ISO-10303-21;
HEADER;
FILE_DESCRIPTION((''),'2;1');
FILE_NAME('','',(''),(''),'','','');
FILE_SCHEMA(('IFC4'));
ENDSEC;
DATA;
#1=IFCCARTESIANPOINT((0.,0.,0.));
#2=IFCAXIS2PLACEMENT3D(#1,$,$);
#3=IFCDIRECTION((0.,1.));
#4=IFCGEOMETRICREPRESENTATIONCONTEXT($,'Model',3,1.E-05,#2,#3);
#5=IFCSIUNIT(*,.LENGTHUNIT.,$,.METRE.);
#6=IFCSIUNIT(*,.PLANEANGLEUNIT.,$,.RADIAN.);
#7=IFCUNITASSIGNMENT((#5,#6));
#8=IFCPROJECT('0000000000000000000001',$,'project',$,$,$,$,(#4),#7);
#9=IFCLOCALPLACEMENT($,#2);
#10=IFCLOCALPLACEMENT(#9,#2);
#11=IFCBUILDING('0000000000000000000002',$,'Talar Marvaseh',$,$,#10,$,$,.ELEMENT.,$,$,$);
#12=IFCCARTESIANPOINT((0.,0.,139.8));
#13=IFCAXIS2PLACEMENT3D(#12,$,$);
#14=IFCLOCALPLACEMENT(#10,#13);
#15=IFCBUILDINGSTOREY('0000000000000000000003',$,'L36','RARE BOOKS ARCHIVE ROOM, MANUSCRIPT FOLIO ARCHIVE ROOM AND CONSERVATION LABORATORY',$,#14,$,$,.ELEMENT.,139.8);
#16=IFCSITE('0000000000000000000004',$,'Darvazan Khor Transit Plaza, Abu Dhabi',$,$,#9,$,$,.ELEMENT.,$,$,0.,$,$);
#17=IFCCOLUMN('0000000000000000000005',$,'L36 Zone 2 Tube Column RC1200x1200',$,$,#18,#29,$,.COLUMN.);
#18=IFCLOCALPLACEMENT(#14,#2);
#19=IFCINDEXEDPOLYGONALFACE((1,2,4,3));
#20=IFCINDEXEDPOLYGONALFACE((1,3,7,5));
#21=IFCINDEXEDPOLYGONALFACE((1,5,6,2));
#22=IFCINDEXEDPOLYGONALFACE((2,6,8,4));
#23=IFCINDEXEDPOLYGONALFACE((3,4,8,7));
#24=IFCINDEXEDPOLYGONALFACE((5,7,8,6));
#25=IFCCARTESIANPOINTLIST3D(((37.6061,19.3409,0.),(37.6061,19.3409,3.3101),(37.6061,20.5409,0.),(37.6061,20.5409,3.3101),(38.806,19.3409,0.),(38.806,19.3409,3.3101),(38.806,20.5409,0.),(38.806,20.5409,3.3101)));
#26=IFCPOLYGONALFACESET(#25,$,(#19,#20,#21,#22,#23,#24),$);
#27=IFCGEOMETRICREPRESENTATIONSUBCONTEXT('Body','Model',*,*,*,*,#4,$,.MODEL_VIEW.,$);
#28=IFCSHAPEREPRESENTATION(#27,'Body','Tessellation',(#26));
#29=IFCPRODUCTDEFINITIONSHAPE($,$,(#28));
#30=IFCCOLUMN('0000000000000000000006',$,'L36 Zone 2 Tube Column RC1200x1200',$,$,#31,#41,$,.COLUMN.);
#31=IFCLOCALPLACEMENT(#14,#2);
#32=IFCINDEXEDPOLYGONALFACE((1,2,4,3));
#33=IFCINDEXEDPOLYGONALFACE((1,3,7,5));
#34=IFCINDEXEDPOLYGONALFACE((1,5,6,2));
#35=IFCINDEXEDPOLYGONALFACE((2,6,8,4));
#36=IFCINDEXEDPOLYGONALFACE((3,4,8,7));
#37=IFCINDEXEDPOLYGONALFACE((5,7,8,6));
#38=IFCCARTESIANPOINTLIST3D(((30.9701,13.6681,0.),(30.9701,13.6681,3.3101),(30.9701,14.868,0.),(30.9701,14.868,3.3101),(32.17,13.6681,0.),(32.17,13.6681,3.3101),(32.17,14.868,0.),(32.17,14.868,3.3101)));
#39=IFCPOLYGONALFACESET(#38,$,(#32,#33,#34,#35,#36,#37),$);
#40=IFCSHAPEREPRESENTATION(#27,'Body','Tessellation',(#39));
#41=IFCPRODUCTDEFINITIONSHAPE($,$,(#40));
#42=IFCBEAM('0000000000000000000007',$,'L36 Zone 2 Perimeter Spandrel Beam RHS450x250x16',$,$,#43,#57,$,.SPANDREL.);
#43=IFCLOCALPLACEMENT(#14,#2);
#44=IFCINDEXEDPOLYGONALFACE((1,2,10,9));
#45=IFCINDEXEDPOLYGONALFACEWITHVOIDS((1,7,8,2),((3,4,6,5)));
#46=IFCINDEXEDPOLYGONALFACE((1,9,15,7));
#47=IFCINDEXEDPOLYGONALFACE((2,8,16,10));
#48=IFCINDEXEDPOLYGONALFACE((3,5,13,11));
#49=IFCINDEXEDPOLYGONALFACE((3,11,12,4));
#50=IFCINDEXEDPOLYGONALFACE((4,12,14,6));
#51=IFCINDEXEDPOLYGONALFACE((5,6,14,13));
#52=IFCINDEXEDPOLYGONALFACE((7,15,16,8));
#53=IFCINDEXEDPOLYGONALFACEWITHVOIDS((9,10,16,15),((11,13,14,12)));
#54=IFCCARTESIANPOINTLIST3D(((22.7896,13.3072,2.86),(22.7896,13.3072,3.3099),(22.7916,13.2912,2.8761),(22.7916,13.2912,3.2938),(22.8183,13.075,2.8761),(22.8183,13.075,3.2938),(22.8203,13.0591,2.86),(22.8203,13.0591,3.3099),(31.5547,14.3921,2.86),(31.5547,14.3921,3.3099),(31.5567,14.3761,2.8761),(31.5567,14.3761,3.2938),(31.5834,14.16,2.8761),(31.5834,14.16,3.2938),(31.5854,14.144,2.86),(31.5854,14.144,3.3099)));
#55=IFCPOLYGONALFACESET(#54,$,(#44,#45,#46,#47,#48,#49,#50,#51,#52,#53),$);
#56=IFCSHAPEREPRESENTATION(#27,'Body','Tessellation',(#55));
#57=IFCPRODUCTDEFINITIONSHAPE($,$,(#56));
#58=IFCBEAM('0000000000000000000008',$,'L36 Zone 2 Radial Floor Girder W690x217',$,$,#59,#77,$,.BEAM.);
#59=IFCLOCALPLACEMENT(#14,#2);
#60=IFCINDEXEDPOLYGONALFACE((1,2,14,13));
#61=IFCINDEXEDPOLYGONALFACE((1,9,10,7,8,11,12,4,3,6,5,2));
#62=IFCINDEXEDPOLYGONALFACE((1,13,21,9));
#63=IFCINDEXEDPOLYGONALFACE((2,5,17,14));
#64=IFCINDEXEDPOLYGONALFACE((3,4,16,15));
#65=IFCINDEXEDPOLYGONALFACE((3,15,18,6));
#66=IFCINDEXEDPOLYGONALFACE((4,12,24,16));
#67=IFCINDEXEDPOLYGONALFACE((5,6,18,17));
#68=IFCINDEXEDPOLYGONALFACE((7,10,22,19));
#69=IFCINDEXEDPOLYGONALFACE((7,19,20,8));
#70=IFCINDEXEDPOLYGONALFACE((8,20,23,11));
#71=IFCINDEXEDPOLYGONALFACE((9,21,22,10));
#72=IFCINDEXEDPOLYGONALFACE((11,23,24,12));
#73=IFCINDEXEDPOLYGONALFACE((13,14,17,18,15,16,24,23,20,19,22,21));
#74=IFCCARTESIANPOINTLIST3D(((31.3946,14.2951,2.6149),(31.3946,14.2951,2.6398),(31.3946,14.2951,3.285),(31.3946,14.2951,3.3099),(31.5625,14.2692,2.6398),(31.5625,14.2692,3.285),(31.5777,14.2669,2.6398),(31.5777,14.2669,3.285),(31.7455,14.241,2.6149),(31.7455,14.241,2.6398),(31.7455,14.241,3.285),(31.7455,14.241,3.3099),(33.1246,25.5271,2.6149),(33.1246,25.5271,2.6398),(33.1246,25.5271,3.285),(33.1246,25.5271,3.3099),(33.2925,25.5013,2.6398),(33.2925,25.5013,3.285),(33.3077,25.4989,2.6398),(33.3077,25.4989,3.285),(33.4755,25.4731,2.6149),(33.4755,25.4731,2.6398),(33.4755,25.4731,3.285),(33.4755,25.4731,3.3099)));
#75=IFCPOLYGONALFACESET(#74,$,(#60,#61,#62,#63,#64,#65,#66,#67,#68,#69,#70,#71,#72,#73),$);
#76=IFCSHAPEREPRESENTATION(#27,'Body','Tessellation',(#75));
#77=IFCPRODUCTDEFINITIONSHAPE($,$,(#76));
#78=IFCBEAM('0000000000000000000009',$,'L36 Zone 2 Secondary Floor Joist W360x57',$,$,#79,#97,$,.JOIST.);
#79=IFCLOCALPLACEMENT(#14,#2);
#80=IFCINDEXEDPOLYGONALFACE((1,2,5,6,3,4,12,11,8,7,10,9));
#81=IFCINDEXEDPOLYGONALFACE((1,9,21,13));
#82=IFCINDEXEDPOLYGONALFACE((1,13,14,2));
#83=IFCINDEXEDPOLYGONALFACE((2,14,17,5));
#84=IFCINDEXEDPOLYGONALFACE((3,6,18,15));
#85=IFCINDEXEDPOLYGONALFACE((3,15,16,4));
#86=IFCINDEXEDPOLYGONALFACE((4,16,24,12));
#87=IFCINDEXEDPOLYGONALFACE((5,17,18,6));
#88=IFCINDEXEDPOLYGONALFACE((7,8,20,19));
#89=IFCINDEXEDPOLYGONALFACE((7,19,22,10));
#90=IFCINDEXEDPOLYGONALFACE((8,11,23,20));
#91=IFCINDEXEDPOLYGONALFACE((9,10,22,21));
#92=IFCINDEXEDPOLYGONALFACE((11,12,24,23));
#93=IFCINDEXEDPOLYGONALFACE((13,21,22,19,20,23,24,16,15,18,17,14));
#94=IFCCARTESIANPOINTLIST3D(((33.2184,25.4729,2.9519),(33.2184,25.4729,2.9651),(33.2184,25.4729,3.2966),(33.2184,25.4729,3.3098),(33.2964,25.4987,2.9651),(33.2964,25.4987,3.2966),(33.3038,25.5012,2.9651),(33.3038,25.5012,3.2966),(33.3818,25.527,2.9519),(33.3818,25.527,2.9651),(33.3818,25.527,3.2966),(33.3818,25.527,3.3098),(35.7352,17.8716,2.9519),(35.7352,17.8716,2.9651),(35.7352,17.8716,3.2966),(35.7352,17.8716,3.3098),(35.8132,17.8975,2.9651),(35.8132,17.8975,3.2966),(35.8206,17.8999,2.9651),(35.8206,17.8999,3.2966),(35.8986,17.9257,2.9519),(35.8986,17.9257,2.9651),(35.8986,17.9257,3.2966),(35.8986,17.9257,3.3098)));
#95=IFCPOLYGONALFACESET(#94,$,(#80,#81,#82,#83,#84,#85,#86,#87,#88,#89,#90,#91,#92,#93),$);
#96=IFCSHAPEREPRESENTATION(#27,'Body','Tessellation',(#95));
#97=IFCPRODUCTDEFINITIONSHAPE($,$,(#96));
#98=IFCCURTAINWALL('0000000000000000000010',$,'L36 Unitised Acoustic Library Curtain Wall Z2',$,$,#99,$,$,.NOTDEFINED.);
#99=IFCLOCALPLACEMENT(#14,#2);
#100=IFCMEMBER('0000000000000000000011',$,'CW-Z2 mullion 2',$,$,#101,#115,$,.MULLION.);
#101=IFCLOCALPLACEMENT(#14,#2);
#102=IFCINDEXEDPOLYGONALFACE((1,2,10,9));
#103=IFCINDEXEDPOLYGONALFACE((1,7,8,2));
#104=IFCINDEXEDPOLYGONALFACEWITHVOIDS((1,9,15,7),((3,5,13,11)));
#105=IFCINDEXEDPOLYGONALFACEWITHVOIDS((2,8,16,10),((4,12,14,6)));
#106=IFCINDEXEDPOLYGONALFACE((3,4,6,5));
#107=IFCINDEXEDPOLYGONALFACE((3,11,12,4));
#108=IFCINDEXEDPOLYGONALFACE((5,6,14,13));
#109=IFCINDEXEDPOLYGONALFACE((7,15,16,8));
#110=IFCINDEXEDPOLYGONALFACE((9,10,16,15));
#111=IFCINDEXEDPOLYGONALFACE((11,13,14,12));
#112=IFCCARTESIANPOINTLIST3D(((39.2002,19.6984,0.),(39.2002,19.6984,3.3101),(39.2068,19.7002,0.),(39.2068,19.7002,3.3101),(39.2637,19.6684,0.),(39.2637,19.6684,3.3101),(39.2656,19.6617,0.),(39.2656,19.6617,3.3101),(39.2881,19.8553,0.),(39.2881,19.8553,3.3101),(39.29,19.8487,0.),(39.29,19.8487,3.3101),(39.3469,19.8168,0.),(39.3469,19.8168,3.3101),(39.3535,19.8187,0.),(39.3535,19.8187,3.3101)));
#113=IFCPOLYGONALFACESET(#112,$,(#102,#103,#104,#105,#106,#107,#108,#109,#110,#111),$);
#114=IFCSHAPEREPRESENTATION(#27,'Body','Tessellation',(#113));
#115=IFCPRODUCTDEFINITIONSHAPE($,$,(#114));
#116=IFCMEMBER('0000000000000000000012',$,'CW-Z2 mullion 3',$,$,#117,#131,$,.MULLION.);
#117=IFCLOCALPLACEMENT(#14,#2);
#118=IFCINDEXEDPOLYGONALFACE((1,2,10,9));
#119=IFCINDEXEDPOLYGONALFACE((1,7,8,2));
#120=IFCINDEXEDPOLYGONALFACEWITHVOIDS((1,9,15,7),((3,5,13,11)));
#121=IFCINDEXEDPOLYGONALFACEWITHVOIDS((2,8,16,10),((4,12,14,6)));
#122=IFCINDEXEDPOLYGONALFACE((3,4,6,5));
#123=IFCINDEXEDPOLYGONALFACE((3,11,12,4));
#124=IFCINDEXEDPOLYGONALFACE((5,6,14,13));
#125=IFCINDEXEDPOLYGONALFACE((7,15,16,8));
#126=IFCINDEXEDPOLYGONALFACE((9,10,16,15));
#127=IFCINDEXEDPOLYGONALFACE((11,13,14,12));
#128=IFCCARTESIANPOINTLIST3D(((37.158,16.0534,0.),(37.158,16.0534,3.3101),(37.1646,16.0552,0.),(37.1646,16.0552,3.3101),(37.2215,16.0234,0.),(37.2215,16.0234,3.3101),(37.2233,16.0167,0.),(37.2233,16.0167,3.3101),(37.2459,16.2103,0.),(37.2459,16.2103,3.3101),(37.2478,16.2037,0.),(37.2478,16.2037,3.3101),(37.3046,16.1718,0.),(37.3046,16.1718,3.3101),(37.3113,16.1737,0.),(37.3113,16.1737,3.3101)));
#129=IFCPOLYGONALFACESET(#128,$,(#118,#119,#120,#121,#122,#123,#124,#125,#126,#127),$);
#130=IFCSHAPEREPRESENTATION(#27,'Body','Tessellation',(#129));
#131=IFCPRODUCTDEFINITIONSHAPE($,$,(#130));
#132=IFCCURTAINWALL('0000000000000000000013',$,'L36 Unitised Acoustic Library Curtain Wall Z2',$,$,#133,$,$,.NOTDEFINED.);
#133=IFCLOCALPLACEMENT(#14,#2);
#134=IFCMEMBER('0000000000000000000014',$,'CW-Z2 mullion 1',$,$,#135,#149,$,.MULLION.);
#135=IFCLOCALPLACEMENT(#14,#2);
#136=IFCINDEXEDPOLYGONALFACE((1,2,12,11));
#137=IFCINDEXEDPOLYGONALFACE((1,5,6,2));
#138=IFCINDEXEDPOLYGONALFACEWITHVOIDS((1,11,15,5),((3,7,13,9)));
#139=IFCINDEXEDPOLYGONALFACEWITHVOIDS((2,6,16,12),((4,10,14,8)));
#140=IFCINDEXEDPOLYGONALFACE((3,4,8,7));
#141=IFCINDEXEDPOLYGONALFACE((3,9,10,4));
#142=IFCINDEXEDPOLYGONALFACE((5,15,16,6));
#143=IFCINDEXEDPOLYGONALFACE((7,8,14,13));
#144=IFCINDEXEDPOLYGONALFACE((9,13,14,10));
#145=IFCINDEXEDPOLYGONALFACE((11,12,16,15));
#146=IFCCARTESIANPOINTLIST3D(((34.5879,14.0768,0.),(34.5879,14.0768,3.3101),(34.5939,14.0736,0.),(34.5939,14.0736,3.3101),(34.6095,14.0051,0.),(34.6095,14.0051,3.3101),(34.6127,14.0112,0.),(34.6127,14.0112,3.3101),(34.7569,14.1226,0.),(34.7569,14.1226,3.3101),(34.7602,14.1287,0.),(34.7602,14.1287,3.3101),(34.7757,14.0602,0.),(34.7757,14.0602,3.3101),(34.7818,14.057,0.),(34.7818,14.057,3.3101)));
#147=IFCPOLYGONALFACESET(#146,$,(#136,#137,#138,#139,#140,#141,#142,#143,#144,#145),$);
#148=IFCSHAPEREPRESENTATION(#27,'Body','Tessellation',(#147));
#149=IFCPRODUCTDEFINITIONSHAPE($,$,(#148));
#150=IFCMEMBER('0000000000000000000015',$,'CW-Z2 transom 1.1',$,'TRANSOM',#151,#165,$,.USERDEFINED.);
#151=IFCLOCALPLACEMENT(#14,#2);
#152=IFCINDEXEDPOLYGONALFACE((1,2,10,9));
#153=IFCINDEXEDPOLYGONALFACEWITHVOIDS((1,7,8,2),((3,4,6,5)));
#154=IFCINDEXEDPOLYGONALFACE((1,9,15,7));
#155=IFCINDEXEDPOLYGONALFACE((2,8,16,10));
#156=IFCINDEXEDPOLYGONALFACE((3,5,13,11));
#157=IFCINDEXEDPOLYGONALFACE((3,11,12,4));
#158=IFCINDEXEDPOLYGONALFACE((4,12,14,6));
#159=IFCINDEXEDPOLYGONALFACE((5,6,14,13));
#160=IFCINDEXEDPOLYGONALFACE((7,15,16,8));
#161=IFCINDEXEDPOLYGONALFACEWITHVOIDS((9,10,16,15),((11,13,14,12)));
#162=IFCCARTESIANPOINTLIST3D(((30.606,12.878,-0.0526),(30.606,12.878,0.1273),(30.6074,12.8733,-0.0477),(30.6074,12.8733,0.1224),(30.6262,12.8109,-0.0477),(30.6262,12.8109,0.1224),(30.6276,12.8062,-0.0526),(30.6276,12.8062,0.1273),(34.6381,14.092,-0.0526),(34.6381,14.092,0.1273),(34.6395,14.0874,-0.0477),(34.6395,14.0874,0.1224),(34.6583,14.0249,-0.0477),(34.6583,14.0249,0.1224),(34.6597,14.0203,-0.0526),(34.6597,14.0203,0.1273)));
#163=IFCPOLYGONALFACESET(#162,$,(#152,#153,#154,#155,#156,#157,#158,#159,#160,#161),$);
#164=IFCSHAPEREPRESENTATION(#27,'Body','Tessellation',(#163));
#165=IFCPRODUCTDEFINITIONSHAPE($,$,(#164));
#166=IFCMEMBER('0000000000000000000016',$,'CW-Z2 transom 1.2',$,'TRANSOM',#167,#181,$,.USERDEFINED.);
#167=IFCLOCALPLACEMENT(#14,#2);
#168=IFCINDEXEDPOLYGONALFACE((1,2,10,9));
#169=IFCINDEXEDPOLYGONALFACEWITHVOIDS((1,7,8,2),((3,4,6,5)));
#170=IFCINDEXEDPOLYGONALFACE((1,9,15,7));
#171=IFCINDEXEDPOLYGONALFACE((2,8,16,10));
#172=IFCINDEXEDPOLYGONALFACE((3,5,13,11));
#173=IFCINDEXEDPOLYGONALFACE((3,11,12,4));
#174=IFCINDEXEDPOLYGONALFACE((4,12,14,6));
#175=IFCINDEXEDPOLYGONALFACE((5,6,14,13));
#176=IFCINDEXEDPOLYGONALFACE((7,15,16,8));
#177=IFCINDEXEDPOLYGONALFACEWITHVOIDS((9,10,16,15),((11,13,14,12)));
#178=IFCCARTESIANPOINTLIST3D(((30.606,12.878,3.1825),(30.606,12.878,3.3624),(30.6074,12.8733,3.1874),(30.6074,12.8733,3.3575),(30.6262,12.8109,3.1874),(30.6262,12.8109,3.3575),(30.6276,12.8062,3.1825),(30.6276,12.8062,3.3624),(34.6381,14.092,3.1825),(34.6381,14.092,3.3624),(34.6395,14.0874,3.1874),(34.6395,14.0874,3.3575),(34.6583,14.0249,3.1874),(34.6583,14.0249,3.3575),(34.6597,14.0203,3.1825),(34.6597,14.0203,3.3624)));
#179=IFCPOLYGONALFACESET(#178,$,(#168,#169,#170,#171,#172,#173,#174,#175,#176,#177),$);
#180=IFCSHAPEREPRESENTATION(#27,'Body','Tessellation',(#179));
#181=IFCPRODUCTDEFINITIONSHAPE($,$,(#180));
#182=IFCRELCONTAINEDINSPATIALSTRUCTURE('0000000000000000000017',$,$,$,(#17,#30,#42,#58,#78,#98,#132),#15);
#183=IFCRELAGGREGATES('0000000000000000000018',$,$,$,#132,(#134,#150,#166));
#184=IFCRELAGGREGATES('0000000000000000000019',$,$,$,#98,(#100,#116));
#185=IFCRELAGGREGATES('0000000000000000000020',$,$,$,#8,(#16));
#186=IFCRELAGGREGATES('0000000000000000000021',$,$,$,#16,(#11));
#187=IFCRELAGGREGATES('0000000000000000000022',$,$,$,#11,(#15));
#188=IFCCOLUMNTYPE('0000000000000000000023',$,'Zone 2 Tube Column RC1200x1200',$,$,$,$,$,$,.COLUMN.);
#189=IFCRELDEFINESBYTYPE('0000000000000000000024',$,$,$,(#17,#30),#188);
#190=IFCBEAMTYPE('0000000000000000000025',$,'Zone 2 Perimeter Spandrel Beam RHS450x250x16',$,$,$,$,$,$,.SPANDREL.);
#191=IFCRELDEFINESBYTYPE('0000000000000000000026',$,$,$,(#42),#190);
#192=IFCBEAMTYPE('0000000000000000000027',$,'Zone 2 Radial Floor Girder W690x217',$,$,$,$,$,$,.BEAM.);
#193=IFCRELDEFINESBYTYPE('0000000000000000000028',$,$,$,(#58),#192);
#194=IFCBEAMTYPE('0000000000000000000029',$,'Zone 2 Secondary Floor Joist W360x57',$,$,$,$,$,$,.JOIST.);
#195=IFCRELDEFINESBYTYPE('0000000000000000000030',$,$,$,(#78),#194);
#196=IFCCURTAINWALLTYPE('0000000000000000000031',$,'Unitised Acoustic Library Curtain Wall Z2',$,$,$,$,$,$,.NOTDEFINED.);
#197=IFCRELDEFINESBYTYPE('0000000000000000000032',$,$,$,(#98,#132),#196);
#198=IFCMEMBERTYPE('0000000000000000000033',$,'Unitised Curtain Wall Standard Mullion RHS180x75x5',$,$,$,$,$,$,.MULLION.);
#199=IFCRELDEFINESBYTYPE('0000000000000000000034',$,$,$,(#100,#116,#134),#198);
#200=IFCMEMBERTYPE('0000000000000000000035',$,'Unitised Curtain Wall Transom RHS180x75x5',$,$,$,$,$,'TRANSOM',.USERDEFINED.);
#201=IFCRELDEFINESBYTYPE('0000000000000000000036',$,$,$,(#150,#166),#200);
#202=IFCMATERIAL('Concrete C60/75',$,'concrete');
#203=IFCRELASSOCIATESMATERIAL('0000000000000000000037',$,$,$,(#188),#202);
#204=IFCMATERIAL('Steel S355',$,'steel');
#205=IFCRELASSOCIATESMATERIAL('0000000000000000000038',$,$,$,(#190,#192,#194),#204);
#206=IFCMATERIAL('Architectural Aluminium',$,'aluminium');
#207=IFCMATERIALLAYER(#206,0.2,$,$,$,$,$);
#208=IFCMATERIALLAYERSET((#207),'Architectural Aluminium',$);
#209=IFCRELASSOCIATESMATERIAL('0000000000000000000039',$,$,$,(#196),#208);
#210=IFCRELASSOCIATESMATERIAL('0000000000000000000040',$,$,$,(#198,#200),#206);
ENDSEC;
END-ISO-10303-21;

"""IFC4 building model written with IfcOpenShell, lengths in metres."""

from ifc_helpers import new_model, si_unit, direction, frame, origin, origin_2d, place, context, subcontext, project, spatial, rectangle, hollow_rectangle, i_section, extrude, source, transform, mapped, material, layer, layer_set, material_profile, profile_set, type_object, type_shapes, element, aggregate, save


model = new_model("IFC4")

# Units and contexts
model_context = context("Model", 3, precision=1e-05, world=origin(), true_north=direction((0.0, 1.0)))
body_context = subcontext(model_context, "Body", "Model", "MODEL_VIEW")
ifc_project = project(units=[si_unit("LENGTHUNIT", "METRE"), si_unit("PLANEANGLEUNIT", "RADIAN")], contexts=[model_context])

# Site, building, storey
site_placement = place(None, origin())
site = spatial("IfcSite", under=ifc_project, at=site_placement, Name="Darvazan Khor Transit Plaza, Abu Dhabi", CompositionType="ELEMENT", RefElevation=0.0)
building_placement = place(site_placement, origin())
building = spatial("IfcBuilding", under=site, at=building_placement, Name="Talar Marvaseh", CompositionType="ELEMENT")
storey_placement = place(building_placement, frame((0.0, 0.0, 139.8)))
storey = spatial("IfcBuildingStorey", under=building, at=storey_placement, Name="L36", Description="RARE BOOKS ARCHIVE ROOM, MANUSCRIPT FOLIO ARCHIVE ROOM AND CONSERVATION LABORATORY", CompositionType="ELEMENT", Elevation=139.8)

# Columns
ifc_material_1 = material(Name="Concrete C60/75", Category="concrete")
ifc_material_profile_1 = material_profile(ifc_material_1, rectangle(XDim=1.2, YDim=1.2, at=origin_2d()), Name="RC1200x1200")
ifc_profile_set_1 = profile_set([ifc_material_profile_1], Name="Concrete C60/75")
column_type = type_object("IfcColumnType", Name="Zone 2 Tube Column RC1200x1200", PredefinedType="COLUMN", material=ifc_profile_set_1)
for number, where, z_axis, x_axis, name in (
    (1, (38.2061, 19.9409, 0.0), (0.0, 0.0, 1.0), (1.0, 0.0, 0.0), "L36 Zone 2 Tube Column RC1200x1200"),
    (2, (31.5701, 14.2681, 0.0), (0.0, 0.0, 1.0), (1.0, 0.0, 0.0), "L36 Zone 2 Tube Column RC1200x1200"),
):
    element("IfcColumn", number, at=place(storey_placement, frame(where, z_axis=z_axis, x_axis=x_axis)), inside=storey, type_object=column_type, Name=name, PredefinedType="COLUMN", context=body_context, shape_type="SweptSolid", body=[
        extrude(rectangle(XDim=1.2, YDim=1.2, at=origin_2d()), origin(), (0.0, 0.0, 1.0), 3.3101),
    ])

# Beams
ifc_material_2 = material(Name="Steel S355", Category="steel")
ifc_material_profile_2 = material_profile(ifc_material_2, hollow_rectangle(XDim=0.25, YDim=0.45, WallThickness=0.0161, at=origin_2d()), Name="RHS450x250x16")
ifc_profile_set_2 = profile_set([ifc_material_profile_2], Name="Steel S355")
beam_type_1 = type_object("IfcBeamType", Name="Zone 2 Perimeter Spandrel Beam RHS450x250x16", PredefinedType="SPANDREL", material=ifc_profile_set_2)
beam_1_placement = place(storey_placement, frame((31.5701, 14.2681, 3.085), z_axis=(-0.992426, -0.122844, 0.0), x_axis=(0.122844, -0.992426, 0.0)))
element("IfcBeam", 3, at=beam_1_placement, inside=storey, type_object=beam_type_1, Name="L36 Zone 2 Perimeter Spandrel Beam RHS450x250x16", PredefinedType="SPANDREL", context=body_context, shape_type="SweptSolid", body=[
    extrude(hollow_rectangle(XDim=0.25, YDim=0.45, WallThickness=0.0161, at=origin_2d()), origin(), (0.0, 0.0, 1.0), 8.832),
])
ifc_material_profile_3 = material_profile(ifc_material_2, i_section(OverallWidth=0.355, OverallDepth=0.6951, WebThickness=0.0154, FlangeThickness=0.0249, at=origin_2d()), Name="W690x217")
ifc_profile_set_3 = profile_set([ifc_material_profile_3], Name="Steel S355")
beam_type_2 = type_object("IfcBeamType", Name="Zone 2 Radial Floor Girder W690x217", PredefinedType="BEAM", material=ifc_profile_set_3)
beam_2_placement = place(storey_placement, frame((31.5701, 14.2681, 2.9624), z_axis=(0.152228, 0.988345, 0.0), x_axis=(-0.988345, 0.152228, 0.0)))
element("IfcBeam", 4, at=beam_2_placement, inside=storey, type_object=beam_type_2, Name="L36 Zone 2 Radial Floor Girder W690x217", PredefinedType="BEAM", context=body_context, shape_type="SweptSolid", body=[
    extrude(i_section(OverallWidth=0.355, OverallDepth=0.6951, WebThickness=0.0154, FlangeThickness=0.0249, at=origin_2d()), origin(), (0.0, 0.0, 1.0), 11.3645),
])
ifc_material_profile_4 = material_profile(ifc_material_2, i_section(OverallWidth=0.1721, OverallDepth=0.3579, WebThickness=0.0078, FlangeThickness=0.0132, at=origin_2d()), Name="W360x57")
ifc_profile_set_4 = profile_set([ifc_material_profile_4], Name="Steel S355")
beam_type_3 = type_object("IfcBeamType", Name="Zone 2 Secondary Floor Joist W360x57", PredefinedType="JOIST", material=ifc_profile_set_4)
beam_3_placement = place(storey_placement, frame((35.8169, 17.8987, 3.1309), z_axis=(-0.314325, 0.949316, 0.0), x_axis=(-0.949316, -0.314325, 0.0)))
element("IfcBeam", 5, at=beam_3_placement, inside=storey, type_object=beam_type_3, Name="L36 Zone 2 Secondary Floor Joist W360x57", PredefinedType="JOIST", context=body_context, shape_type="SweptSolid", body=[
    extrude(i_section(OverallWidth=0.1721, OverallDepth=0.3579, WebThickness=0.0078, FlangeThickness=0.0132, at=origin_2d()), origin(), (0.0, 0.0, 1.0), 8.0071),
])

# Curtain walls, members
ifc_material_3 = material(Name="Architectural Aluminium", Category="aluminium")
ifc_layer_1 = layer(ifc_material_3, 0.2)
ifc_layer_set_1 = layer_set([ifc_layer_1], Name="Architectural Aluminium")
curtain_wall_type = type_object("IfcCurtainWallType", Name="Unitised Acoustic Library Curtain Wall Z2", PredefinedType="NOTDEFINED", material=ifc_layer_set_1)
curtain_wall_1_placement = place(storey_placement, origin())
curtain_wall_1 = element("IfcCurtainWall", 6, at=curtain_wall_1_placement, inside=storey, type_object=curtain_wall_type, Name="L36 Unitised Acoustic Library Curtain Wall Z2", PredefinedType="NOTDEFINED")
ifc_material_profile_5 = material_profile(ifc_material_3, hollow_rectangle(XDim=0.075, YDim=0.1799, WallThickness=0.0049, at=origin_2d()), Name="RHS180x75x5")
ifc_profile_set_5 = profile_set([ifc_material_profile_5], Name="Architectural Aluminium")
member_type_1 = type_object("IfcMemberType", Name="Unitised Curtain Wall Standard Mullion RHS180x75x5", PredefinedType="MULLION", material=ifc_profile_set_5)
shared_shape_1 = source(origin(), body_context, "Body", "SweptSolid", [
    extrude(hollow_rectangle(XDim=0.075, YDim=0.1799, WallThickness=0.0049, at=origin_2d()), origin(), (0.0, 0.0, 1.0), 3.3101),
])
type_shapes(member_type_1, [shared_shape_1])
member_1_placement = place(storey_placement, frame((39.2769, 19.7585, 0.0), z_axis=(0.0, 0.0, 1.0), x_axis=(0.872418, -0.48876, 0.0)))
member_1 = element("IfcMember", 7, at=member_1_placement, type_object=member_type_1, Name="CW-Z2 mullion 2", PredefinedType="MULLION", context=body_context, shape_type="MappedRepresentation", body=[
    mapped(shared_shape_1, transform((0.0, 0.0, 0.0), x_axis=(1.0, 0.0, 0.0), y_axis=(0.0, 1.0, 0.0), z_axis=(0.0, 0.0, 1.0), scale=1.0)),
])
member_2_placement = place(storey_placement, frame((37.2346, 16.1135, 0.0), z_axis=(0.0, 0.0, 1.0), x_axis=(0.872418, -0.48876, 0.0)))
member_2 = element("IfcMember", 8, at=member_2_placement, type_object=member_type_1, Name="CW-Z2 mullion 3", PredefinedType="MULLION", context=body_context, shape_type="MappedRepresentation", body=[
    mapped(shared_shape_1, transform((0.0, 0.0, 0.0), x_axis=(1.0, 0.0, 0.0), y_axis=(0.0, 1.0, 0.0), z_axis=(0.0, 0.0, 1.0), scale=1.0)),
])
curtain_wall_2_placement = place(storey_placement, origin())
curtain_wall_2 = element("IfcCurtainWall", 9, at=curtain_wall_2_placement, inside=storey, type_object=curtain_wall_type, Name="L36 Unitised Acoustic Library Curtain Wall Z2", PredefinedType="NOTDEFINED")
member_3_placement = place(storey_placement, frame((34.6848, 14.0669, 0.0), z_axis=(0.0, 0.0, 1.0), x_axis=(0.288343, -0.957527, 0.0)))
member_3 = element("IfcMember", 10, at=member_3_placement, type_object=member_type_1, Name="CW-Z2 mullion 1", PredefinedType="MULLION", context=body_context, shape_type="MappedRepresentation", body=[
    mapped(shared_shape_1, transform((0.0, 0.0, 0.0), x_axis=(1.0, 0.0, 0.0), y_axis=(0.0, 1.0, 0.0), z_axis=(0.0, 0.0, 1.0), scale=1.0)),
])
ifc_material_profile_6 = material_profile(ifc_material_3, hollow_rectangle(XDim=0.075, YDim=0.1799, WallThickness=0.0049, at=origin_2d()), Name="RHS180x75x5")
ifc_profile_set_6 = profile_set([ifc_material_profile_6], Name="Architectural Aluminium")
member_type_2 = type_object("IfcMemberType", Name="Unitised Curtain Wall Transom RHS180x75x5", ElementType="TRANSOM", PredefinedType="USERDEFINED", material=ifc_profile_set_6)
shared_shape_2 = source(origin(), body_context, "Body", "SweptSolid", [
    extrude(hollow_rectangle(XDim=0.075, YDim=0.1799, WallThickness=0.0049, at=origin_2d()), origin(), (0.0, 0.0, 1.0), 4.2109),
])
member_4_placement = place(storey_placement, frame((34.6489, 14.0562, 0.0374), z_axis=(-0.957535, -0.288316, 0.0), x_axis=(0.288316, -0.957535, 0.0)))
member_4 = element("IfcMember", 11, at=member_4_placement, type_object=member_type_2, Name="CW-Z2 transom 1.1", ObjectType="TRANSOM", PredefinedType="USERDEFINED", context=body_context, shape_type="MappedRepresentation", body=[
    mapped(shared_shape_2, transform((0.0, 0.0, 0.0), x_axis=(1.0, 0.0, 0.0), y_axis=(0.0, 1.0, 0.0), z_axis=(0.0, 0.0, 1.0), scale=1.0)),
])
member_5_placement = place(storey_placement, frame((34.6489, 14.0562, 3.2725), z_axis=(-0.957535, -0.288316, 0.0), x_axis=(0.288316, -0.957535, 0.0)))
member_5 = element("IfcMember", 12, at=member_5_placement, type_object=member_type_2, Name="CW-Z2 transom 1.2", ObjectType="TRANSOM", PredefinedType="USERDEFINED", context=body_context, shape_type="MappedRepresentation", body=[
    mapped(shared_shape_2, transform((0.0, 0.0, 0.0), x_axis=(1.0, 0.0, 0.0), y_axis=(0.0, 1.0, 0.0), z_axis=(0.0, 0.0, 1.0), scale=1.0)),
])

aggregate(curtain_wall_2, [member_3, member_4, member_5])
aggregate(curtain_wall_1, [member_1, member_2])

save(model, "model.ifc")
